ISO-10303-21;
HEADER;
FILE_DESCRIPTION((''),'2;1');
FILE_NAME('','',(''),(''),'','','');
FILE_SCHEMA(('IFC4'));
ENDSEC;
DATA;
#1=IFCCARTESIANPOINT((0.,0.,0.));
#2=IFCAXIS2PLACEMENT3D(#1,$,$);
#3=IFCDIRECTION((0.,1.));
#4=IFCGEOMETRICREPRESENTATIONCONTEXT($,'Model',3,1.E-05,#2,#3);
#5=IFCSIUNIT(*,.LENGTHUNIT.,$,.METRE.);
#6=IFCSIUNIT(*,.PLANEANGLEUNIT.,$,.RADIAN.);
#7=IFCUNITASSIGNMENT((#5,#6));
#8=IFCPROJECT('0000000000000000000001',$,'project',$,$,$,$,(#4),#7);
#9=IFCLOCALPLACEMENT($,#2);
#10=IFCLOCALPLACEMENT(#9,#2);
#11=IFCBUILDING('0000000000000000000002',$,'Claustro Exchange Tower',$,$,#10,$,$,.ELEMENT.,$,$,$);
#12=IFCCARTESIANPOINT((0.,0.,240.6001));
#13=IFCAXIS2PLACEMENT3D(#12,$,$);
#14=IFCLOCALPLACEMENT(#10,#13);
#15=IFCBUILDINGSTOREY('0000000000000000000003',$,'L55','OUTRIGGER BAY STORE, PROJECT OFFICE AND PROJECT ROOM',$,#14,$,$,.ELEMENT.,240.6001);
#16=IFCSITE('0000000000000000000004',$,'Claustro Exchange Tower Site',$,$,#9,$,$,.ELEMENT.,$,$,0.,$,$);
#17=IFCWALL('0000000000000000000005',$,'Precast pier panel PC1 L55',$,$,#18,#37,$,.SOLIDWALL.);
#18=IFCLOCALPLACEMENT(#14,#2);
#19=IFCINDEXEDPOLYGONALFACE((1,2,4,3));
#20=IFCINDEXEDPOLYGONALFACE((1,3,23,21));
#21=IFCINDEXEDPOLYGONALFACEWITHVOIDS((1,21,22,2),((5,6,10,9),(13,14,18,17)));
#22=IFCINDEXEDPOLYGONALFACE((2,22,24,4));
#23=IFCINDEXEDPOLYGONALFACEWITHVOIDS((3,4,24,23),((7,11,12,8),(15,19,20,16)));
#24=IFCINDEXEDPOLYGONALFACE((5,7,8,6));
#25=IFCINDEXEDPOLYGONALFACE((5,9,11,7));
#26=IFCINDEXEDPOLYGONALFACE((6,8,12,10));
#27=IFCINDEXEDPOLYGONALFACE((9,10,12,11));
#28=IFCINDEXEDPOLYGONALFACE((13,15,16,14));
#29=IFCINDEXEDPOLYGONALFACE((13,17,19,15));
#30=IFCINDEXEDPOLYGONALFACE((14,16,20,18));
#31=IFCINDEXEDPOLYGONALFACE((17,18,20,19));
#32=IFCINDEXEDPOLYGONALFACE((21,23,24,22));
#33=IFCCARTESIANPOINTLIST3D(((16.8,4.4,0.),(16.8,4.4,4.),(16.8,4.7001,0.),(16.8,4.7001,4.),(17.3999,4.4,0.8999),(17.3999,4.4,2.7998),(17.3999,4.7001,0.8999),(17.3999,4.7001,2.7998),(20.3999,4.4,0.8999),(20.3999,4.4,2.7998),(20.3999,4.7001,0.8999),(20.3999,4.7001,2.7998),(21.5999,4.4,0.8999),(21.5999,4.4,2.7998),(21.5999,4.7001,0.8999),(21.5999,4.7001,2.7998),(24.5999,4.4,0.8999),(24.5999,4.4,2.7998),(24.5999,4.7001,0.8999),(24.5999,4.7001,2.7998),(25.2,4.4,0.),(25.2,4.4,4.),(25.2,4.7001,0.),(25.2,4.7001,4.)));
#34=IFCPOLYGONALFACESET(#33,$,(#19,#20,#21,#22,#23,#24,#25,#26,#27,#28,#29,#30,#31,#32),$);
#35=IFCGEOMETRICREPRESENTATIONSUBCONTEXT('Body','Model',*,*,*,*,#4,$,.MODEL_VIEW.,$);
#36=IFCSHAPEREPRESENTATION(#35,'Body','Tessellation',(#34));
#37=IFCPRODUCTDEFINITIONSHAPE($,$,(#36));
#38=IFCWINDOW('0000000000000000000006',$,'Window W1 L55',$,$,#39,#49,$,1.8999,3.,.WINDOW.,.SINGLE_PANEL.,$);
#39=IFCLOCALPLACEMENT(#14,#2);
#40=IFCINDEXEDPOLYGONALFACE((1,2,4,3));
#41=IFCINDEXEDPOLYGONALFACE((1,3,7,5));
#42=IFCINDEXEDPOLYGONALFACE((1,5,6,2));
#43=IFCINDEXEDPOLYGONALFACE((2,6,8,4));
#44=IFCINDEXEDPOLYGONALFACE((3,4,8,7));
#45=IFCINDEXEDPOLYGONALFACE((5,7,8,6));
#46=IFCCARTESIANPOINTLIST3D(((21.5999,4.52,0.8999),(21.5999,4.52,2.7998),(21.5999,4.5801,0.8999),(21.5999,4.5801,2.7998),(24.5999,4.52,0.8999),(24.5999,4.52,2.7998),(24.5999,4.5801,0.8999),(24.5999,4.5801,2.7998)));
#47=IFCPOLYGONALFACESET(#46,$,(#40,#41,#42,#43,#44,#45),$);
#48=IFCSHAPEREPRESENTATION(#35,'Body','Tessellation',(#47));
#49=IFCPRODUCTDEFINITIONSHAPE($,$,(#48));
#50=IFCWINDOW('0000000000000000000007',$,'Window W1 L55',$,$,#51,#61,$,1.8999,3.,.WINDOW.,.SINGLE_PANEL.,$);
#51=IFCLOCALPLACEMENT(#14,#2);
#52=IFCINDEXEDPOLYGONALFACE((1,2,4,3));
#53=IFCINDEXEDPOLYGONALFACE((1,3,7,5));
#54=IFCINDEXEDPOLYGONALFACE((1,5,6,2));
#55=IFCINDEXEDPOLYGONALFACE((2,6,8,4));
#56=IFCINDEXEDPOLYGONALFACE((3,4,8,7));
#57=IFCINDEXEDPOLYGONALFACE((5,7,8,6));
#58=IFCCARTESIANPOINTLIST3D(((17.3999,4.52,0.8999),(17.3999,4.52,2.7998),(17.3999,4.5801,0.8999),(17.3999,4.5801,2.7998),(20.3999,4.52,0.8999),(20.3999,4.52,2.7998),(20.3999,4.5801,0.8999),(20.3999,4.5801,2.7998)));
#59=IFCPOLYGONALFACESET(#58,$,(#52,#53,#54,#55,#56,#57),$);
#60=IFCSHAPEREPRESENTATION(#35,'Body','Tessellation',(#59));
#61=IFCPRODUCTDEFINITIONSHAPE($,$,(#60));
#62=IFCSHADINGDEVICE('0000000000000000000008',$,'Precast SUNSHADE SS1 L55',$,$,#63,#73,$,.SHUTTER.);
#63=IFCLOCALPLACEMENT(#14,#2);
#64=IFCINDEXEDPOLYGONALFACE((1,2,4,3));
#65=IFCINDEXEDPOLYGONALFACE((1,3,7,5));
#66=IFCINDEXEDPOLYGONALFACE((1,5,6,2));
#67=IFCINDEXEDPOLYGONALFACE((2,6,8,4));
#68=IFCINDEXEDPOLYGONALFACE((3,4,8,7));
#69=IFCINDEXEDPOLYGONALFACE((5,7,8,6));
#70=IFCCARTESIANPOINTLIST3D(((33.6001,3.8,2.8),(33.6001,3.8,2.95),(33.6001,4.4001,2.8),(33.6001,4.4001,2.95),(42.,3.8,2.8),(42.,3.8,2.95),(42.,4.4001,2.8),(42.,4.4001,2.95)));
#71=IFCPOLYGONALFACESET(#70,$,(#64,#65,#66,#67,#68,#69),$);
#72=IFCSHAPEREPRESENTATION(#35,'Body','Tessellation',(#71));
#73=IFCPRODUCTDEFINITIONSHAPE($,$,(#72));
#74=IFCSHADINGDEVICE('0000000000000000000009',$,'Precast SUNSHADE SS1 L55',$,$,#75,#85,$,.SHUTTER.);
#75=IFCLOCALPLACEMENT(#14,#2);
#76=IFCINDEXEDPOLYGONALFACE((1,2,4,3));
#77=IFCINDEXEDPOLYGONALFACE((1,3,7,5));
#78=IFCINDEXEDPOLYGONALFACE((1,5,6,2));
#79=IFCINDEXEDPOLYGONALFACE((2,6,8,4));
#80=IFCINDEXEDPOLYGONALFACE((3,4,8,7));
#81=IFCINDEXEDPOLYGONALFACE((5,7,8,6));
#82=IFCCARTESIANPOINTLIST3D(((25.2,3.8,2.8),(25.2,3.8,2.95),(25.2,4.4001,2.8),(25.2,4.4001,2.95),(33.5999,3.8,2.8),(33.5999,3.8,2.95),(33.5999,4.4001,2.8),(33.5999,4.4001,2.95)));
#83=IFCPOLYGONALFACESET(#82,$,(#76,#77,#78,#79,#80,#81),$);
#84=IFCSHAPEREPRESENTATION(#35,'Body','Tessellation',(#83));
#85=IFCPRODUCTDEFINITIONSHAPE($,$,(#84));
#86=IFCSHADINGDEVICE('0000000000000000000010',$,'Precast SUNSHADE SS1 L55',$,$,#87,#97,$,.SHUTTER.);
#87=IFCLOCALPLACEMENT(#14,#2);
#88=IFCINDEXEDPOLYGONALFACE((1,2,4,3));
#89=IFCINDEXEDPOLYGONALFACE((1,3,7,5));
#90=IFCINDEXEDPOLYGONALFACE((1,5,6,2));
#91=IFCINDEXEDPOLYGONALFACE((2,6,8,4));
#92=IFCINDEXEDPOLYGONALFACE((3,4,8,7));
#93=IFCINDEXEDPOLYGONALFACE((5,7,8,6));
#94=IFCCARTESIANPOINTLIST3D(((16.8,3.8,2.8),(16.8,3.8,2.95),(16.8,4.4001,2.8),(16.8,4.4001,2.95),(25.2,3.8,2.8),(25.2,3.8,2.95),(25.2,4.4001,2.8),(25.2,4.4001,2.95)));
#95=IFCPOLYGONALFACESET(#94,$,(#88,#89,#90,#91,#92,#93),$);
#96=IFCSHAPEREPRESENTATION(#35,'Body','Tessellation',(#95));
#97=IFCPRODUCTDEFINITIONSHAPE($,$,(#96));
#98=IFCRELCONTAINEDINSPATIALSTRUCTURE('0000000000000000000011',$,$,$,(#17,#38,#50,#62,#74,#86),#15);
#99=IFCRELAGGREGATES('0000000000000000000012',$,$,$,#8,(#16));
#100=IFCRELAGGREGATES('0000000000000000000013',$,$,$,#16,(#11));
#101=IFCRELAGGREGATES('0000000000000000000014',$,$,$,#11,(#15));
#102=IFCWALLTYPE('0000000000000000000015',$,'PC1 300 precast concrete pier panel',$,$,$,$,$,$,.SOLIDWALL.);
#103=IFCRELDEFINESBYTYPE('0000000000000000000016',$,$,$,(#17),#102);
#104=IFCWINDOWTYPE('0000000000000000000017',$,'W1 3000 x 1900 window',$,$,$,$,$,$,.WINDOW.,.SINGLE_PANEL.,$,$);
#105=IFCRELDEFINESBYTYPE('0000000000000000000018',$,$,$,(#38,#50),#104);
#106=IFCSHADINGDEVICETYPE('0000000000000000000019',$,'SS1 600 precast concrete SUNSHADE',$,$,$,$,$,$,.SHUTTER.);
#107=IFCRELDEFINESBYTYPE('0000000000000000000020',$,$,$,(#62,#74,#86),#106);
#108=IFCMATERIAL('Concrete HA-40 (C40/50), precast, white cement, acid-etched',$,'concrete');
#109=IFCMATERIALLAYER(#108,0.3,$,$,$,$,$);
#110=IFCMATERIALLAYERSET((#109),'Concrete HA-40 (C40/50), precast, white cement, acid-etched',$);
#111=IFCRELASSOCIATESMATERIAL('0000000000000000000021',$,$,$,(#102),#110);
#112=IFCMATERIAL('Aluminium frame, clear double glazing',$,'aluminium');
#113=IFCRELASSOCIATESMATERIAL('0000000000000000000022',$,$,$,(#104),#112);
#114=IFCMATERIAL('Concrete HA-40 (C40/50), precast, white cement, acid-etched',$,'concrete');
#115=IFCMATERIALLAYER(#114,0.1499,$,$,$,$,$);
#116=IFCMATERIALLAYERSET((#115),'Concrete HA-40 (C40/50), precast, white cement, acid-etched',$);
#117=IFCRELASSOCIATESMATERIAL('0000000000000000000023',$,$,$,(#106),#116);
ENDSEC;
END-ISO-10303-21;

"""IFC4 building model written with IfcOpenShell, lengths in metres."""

from ifc_helpers import new_model, si_unit, direction, frame, frame_2d, origin, origin_2d, place, context, subcontext, project, spatial, rectangle, extrude, material, layer, layer_set, type_object, element, fill, save


model = new_model("IFC4")

# Units and contexts
model_context = context("Model", 3, precision=1e-05, world=origin(), true_north=direction((0.0, 1.0)))
body_context = subcontext(model_context, "Body", "Model", "MODEL_VIEW")
ifc_project = project(units=[si_unit("LENGTHUNIT", "METRE"), si_unit("PLANEANGLEUNIT", "RADIAN")], contexts=[model_context])

# Site, building, storey
site_placement = place(None, origin())
site = spatial("IfcSite", under=ifc_project, at=site_placement, Name="Claustro Exchange Tower Site", CompositionType="ELEMENT", RefElevation=0.0)
building_placement = place(site_placement, origin())
building = spatial("IfcBuilding", under=site, at=building_placement, Name="Claustro Exchange Tower", CompositionType="ELEMENT")
storey_placement = place(building_placement, frame((0.0, 0.0, 240.6001)))
storey = spatial("IfcBuildingStorey", under=building, at=storey_placement, Name="L55", Description="OUTRIGGER BAY STORE, PROJECT OFFICE AND PROJECT ROOM", CompositionType="ELEMENT", Elevation=240.6001)

# Wall, openings, windows
ifc_material_1 = material(Name="Concrete HA-40 (C40/50), precast, white cement, acid-etched", Category="concrete")
ifc_layer_1 = layer(ifc_material_1, 0.3)
ifc_layer_set_1 = layer_set([ifc_layer_1], Name="Concrete HA-40 (C40/50), precast, white cement, acid-etched")
wall_type_1 = type_object("IfcWallType", Name="PC1 300 precast concrete pier panel", PredefinedType="SOLIDWALL", material=ifc_layer_set_1)
ifc_material_2 = material(Name="Aluminium frame, clear double glazing", Category="aluminium")
window_type = type_object("IfcWindowType", Name="W1 3000 x 1900 window", PartitioningType="SINGLE_PANEL", PredefinedType="WINDOW", material=ifc_material_2)
wall_1_placement = place(storey_placement, frame((25.2, 4.55, 0.0), z_axis=(0.0, 0.0, 1.0), x_axis=(-1.0, 0.0, 0.0)))
wall_1 = element("IfcWall", 1, at=wall_1_placement, inside=storey, type_object=wall_type_1, Name="Precast pier panel PC1 L55", PredefinedType="SOLIDWALL", context=body_context, shape_type="SweptSolid", body=[
    extrude(rectangle(XDim=8.3999, YDim=0.3, at=frame_2d((4.2, 0.0))), origin(), (0.0, 0.0, 1.0), 4.0),
])
opening_1_placement = place(wall_1_placement, frame((0.6001, 0.0, 0.8999)))
opening_1 = element("IfcOpeningElement", 2, at=opening_1_placement, cuts=wall_1, PredefinedType="OPENING", context=body_context, shape_type="SweptSolid", body=[
    extrude(rectangle(XDim=3.0, YDim=1.8999, at=frame_2d((1.5, 0.95))), frame((0.0, 0.1599, 0.0), z_axis=(0.0, -1.0, 0.0), x_axis=(1.0, 0.0, 0.0)), (0.0, 0.0, 1.0), 0.3201),
])
opening_2_placement = place(wall_1_placement, frame((4.8, 0.0, 0.8999)))
opening_2 = element("IfcOpeningElement", 3, at=opening_2_placement, cuts=wall_1, PredefinedType="OPENING", context=body_context, shape_type="SweptSolid", body=[
    extrude(rectangle(XDim=3.0, YDim=1.8999, at=frame_2d((1.5, 0.95))), frame((0.0, 0.1599, 0.0), z_axis=(0.0, -1.0, 0.0), x_axis=(1.0, 0.0, 0.0)), (0.0, 0.0, 1.0), 0.3201),
])
window_1_placement = place(opening_1_placement, origin())
window_1 = element("IfcWindow", 4, at=window_1_placement, inside=storey, type_object=window_type, Name="Window W1 L55", OverallHeight=1.8999, OverallWidth=3.0, PartitioningType="SINGLE_PANEL", PredefinedType="WINDOW", context=body_context, shape_type="SweptSolid", body=[
    extrude(rectangle(XDim=3.0, YDim=1.8999, at=frame_2d((1.5, 0.95))), frame((0.0, 0.03, 0.0), z_axis=(0.0, -1.0, 0.0), x_axis=(1.0, 0.0, 0.0)), (0.0, 0.0, 1.0), 0.0601),
])
fill(opening_1, window_1)
window_2_placement = place(opening_2_placement, origin())
window_2 = element("IfcWindow", 5, at=window_2_placement, inside=storey, type_object=window_type, Name="Window W1 L55", OverallHeight=1.8999, OverallWidth=3.0, PartitioningType="SINGLE_PANEL", PredefinedType="WINDOW", context=body_context, shape_type="SweptSolid", body=[
    extrude(rectangle(XDim=3.0, YDim=1.8999, at=frame_2d((1.5, 0.95))), frame((0.0, 0.03, 0.0), z_axis=(0.0, -1.0, 0.0), x_axis=(1.0, 0.0, 0.0)), (0.0, 0.0, 1.0), 0.0601),
])
fill(opening_2, window_2)

# Shading devices
ifc_material_3 = material(Name="Concrete HA-40 (C40/50), precast, white cement, acid-etched", Category="concrete")
ifc_layer_2 = layer(ifc_material_3, 0.1499)
ifc_layer_set_2 = layer_set([ifc_layer_2], Name="Concrete HA-40 (C40/50), precast, white cement, acid-etched")
shading_device_type = type_object("IfcShadingDeviceType", Name="SS1 600 precast concrete SUNSHADE", PredefinedType="SHUTTER", material=ifc_layer_set_2)
for number, where, z_axis, x_axis, name in (
    (6, (37.8, 4.1001, 2.8), (0.0, 0.0, 1.0), (-1.0, 0.0, 0.0), "Precast SUNSHADE SS1 L55"),
    (7, (29.3999, 4.1001, 2.8), (0.0, 0.0, 1.0), (-1.0, 0.0, 0.0), "Precast SUNSHADE SS1 L55"),
    (8, (21.0, 4.1001, 2.8), (0.0, 0.0, 1.0), (-1.0, 0.0, 0.0), "Precast SUNSHADE SS1 L55"),
):
    element("IfcShadingDevice", number, at=place(storey_placement, frame(where, z_axis=z_axis, x_axis=x_axis)), inside=storey, type_object=shading_device_type, Name=name, PredefinedType="SHUTTER", context=body_context, shape_type="SweptSolid", body=[
        extrude(rectangle(XDim=8.3999, YDim=0.6001, at=origin_2d()), origin(), (0.0, 0.0, 1.0), 0.1499),
    ])

save(model, "model.ifc")
